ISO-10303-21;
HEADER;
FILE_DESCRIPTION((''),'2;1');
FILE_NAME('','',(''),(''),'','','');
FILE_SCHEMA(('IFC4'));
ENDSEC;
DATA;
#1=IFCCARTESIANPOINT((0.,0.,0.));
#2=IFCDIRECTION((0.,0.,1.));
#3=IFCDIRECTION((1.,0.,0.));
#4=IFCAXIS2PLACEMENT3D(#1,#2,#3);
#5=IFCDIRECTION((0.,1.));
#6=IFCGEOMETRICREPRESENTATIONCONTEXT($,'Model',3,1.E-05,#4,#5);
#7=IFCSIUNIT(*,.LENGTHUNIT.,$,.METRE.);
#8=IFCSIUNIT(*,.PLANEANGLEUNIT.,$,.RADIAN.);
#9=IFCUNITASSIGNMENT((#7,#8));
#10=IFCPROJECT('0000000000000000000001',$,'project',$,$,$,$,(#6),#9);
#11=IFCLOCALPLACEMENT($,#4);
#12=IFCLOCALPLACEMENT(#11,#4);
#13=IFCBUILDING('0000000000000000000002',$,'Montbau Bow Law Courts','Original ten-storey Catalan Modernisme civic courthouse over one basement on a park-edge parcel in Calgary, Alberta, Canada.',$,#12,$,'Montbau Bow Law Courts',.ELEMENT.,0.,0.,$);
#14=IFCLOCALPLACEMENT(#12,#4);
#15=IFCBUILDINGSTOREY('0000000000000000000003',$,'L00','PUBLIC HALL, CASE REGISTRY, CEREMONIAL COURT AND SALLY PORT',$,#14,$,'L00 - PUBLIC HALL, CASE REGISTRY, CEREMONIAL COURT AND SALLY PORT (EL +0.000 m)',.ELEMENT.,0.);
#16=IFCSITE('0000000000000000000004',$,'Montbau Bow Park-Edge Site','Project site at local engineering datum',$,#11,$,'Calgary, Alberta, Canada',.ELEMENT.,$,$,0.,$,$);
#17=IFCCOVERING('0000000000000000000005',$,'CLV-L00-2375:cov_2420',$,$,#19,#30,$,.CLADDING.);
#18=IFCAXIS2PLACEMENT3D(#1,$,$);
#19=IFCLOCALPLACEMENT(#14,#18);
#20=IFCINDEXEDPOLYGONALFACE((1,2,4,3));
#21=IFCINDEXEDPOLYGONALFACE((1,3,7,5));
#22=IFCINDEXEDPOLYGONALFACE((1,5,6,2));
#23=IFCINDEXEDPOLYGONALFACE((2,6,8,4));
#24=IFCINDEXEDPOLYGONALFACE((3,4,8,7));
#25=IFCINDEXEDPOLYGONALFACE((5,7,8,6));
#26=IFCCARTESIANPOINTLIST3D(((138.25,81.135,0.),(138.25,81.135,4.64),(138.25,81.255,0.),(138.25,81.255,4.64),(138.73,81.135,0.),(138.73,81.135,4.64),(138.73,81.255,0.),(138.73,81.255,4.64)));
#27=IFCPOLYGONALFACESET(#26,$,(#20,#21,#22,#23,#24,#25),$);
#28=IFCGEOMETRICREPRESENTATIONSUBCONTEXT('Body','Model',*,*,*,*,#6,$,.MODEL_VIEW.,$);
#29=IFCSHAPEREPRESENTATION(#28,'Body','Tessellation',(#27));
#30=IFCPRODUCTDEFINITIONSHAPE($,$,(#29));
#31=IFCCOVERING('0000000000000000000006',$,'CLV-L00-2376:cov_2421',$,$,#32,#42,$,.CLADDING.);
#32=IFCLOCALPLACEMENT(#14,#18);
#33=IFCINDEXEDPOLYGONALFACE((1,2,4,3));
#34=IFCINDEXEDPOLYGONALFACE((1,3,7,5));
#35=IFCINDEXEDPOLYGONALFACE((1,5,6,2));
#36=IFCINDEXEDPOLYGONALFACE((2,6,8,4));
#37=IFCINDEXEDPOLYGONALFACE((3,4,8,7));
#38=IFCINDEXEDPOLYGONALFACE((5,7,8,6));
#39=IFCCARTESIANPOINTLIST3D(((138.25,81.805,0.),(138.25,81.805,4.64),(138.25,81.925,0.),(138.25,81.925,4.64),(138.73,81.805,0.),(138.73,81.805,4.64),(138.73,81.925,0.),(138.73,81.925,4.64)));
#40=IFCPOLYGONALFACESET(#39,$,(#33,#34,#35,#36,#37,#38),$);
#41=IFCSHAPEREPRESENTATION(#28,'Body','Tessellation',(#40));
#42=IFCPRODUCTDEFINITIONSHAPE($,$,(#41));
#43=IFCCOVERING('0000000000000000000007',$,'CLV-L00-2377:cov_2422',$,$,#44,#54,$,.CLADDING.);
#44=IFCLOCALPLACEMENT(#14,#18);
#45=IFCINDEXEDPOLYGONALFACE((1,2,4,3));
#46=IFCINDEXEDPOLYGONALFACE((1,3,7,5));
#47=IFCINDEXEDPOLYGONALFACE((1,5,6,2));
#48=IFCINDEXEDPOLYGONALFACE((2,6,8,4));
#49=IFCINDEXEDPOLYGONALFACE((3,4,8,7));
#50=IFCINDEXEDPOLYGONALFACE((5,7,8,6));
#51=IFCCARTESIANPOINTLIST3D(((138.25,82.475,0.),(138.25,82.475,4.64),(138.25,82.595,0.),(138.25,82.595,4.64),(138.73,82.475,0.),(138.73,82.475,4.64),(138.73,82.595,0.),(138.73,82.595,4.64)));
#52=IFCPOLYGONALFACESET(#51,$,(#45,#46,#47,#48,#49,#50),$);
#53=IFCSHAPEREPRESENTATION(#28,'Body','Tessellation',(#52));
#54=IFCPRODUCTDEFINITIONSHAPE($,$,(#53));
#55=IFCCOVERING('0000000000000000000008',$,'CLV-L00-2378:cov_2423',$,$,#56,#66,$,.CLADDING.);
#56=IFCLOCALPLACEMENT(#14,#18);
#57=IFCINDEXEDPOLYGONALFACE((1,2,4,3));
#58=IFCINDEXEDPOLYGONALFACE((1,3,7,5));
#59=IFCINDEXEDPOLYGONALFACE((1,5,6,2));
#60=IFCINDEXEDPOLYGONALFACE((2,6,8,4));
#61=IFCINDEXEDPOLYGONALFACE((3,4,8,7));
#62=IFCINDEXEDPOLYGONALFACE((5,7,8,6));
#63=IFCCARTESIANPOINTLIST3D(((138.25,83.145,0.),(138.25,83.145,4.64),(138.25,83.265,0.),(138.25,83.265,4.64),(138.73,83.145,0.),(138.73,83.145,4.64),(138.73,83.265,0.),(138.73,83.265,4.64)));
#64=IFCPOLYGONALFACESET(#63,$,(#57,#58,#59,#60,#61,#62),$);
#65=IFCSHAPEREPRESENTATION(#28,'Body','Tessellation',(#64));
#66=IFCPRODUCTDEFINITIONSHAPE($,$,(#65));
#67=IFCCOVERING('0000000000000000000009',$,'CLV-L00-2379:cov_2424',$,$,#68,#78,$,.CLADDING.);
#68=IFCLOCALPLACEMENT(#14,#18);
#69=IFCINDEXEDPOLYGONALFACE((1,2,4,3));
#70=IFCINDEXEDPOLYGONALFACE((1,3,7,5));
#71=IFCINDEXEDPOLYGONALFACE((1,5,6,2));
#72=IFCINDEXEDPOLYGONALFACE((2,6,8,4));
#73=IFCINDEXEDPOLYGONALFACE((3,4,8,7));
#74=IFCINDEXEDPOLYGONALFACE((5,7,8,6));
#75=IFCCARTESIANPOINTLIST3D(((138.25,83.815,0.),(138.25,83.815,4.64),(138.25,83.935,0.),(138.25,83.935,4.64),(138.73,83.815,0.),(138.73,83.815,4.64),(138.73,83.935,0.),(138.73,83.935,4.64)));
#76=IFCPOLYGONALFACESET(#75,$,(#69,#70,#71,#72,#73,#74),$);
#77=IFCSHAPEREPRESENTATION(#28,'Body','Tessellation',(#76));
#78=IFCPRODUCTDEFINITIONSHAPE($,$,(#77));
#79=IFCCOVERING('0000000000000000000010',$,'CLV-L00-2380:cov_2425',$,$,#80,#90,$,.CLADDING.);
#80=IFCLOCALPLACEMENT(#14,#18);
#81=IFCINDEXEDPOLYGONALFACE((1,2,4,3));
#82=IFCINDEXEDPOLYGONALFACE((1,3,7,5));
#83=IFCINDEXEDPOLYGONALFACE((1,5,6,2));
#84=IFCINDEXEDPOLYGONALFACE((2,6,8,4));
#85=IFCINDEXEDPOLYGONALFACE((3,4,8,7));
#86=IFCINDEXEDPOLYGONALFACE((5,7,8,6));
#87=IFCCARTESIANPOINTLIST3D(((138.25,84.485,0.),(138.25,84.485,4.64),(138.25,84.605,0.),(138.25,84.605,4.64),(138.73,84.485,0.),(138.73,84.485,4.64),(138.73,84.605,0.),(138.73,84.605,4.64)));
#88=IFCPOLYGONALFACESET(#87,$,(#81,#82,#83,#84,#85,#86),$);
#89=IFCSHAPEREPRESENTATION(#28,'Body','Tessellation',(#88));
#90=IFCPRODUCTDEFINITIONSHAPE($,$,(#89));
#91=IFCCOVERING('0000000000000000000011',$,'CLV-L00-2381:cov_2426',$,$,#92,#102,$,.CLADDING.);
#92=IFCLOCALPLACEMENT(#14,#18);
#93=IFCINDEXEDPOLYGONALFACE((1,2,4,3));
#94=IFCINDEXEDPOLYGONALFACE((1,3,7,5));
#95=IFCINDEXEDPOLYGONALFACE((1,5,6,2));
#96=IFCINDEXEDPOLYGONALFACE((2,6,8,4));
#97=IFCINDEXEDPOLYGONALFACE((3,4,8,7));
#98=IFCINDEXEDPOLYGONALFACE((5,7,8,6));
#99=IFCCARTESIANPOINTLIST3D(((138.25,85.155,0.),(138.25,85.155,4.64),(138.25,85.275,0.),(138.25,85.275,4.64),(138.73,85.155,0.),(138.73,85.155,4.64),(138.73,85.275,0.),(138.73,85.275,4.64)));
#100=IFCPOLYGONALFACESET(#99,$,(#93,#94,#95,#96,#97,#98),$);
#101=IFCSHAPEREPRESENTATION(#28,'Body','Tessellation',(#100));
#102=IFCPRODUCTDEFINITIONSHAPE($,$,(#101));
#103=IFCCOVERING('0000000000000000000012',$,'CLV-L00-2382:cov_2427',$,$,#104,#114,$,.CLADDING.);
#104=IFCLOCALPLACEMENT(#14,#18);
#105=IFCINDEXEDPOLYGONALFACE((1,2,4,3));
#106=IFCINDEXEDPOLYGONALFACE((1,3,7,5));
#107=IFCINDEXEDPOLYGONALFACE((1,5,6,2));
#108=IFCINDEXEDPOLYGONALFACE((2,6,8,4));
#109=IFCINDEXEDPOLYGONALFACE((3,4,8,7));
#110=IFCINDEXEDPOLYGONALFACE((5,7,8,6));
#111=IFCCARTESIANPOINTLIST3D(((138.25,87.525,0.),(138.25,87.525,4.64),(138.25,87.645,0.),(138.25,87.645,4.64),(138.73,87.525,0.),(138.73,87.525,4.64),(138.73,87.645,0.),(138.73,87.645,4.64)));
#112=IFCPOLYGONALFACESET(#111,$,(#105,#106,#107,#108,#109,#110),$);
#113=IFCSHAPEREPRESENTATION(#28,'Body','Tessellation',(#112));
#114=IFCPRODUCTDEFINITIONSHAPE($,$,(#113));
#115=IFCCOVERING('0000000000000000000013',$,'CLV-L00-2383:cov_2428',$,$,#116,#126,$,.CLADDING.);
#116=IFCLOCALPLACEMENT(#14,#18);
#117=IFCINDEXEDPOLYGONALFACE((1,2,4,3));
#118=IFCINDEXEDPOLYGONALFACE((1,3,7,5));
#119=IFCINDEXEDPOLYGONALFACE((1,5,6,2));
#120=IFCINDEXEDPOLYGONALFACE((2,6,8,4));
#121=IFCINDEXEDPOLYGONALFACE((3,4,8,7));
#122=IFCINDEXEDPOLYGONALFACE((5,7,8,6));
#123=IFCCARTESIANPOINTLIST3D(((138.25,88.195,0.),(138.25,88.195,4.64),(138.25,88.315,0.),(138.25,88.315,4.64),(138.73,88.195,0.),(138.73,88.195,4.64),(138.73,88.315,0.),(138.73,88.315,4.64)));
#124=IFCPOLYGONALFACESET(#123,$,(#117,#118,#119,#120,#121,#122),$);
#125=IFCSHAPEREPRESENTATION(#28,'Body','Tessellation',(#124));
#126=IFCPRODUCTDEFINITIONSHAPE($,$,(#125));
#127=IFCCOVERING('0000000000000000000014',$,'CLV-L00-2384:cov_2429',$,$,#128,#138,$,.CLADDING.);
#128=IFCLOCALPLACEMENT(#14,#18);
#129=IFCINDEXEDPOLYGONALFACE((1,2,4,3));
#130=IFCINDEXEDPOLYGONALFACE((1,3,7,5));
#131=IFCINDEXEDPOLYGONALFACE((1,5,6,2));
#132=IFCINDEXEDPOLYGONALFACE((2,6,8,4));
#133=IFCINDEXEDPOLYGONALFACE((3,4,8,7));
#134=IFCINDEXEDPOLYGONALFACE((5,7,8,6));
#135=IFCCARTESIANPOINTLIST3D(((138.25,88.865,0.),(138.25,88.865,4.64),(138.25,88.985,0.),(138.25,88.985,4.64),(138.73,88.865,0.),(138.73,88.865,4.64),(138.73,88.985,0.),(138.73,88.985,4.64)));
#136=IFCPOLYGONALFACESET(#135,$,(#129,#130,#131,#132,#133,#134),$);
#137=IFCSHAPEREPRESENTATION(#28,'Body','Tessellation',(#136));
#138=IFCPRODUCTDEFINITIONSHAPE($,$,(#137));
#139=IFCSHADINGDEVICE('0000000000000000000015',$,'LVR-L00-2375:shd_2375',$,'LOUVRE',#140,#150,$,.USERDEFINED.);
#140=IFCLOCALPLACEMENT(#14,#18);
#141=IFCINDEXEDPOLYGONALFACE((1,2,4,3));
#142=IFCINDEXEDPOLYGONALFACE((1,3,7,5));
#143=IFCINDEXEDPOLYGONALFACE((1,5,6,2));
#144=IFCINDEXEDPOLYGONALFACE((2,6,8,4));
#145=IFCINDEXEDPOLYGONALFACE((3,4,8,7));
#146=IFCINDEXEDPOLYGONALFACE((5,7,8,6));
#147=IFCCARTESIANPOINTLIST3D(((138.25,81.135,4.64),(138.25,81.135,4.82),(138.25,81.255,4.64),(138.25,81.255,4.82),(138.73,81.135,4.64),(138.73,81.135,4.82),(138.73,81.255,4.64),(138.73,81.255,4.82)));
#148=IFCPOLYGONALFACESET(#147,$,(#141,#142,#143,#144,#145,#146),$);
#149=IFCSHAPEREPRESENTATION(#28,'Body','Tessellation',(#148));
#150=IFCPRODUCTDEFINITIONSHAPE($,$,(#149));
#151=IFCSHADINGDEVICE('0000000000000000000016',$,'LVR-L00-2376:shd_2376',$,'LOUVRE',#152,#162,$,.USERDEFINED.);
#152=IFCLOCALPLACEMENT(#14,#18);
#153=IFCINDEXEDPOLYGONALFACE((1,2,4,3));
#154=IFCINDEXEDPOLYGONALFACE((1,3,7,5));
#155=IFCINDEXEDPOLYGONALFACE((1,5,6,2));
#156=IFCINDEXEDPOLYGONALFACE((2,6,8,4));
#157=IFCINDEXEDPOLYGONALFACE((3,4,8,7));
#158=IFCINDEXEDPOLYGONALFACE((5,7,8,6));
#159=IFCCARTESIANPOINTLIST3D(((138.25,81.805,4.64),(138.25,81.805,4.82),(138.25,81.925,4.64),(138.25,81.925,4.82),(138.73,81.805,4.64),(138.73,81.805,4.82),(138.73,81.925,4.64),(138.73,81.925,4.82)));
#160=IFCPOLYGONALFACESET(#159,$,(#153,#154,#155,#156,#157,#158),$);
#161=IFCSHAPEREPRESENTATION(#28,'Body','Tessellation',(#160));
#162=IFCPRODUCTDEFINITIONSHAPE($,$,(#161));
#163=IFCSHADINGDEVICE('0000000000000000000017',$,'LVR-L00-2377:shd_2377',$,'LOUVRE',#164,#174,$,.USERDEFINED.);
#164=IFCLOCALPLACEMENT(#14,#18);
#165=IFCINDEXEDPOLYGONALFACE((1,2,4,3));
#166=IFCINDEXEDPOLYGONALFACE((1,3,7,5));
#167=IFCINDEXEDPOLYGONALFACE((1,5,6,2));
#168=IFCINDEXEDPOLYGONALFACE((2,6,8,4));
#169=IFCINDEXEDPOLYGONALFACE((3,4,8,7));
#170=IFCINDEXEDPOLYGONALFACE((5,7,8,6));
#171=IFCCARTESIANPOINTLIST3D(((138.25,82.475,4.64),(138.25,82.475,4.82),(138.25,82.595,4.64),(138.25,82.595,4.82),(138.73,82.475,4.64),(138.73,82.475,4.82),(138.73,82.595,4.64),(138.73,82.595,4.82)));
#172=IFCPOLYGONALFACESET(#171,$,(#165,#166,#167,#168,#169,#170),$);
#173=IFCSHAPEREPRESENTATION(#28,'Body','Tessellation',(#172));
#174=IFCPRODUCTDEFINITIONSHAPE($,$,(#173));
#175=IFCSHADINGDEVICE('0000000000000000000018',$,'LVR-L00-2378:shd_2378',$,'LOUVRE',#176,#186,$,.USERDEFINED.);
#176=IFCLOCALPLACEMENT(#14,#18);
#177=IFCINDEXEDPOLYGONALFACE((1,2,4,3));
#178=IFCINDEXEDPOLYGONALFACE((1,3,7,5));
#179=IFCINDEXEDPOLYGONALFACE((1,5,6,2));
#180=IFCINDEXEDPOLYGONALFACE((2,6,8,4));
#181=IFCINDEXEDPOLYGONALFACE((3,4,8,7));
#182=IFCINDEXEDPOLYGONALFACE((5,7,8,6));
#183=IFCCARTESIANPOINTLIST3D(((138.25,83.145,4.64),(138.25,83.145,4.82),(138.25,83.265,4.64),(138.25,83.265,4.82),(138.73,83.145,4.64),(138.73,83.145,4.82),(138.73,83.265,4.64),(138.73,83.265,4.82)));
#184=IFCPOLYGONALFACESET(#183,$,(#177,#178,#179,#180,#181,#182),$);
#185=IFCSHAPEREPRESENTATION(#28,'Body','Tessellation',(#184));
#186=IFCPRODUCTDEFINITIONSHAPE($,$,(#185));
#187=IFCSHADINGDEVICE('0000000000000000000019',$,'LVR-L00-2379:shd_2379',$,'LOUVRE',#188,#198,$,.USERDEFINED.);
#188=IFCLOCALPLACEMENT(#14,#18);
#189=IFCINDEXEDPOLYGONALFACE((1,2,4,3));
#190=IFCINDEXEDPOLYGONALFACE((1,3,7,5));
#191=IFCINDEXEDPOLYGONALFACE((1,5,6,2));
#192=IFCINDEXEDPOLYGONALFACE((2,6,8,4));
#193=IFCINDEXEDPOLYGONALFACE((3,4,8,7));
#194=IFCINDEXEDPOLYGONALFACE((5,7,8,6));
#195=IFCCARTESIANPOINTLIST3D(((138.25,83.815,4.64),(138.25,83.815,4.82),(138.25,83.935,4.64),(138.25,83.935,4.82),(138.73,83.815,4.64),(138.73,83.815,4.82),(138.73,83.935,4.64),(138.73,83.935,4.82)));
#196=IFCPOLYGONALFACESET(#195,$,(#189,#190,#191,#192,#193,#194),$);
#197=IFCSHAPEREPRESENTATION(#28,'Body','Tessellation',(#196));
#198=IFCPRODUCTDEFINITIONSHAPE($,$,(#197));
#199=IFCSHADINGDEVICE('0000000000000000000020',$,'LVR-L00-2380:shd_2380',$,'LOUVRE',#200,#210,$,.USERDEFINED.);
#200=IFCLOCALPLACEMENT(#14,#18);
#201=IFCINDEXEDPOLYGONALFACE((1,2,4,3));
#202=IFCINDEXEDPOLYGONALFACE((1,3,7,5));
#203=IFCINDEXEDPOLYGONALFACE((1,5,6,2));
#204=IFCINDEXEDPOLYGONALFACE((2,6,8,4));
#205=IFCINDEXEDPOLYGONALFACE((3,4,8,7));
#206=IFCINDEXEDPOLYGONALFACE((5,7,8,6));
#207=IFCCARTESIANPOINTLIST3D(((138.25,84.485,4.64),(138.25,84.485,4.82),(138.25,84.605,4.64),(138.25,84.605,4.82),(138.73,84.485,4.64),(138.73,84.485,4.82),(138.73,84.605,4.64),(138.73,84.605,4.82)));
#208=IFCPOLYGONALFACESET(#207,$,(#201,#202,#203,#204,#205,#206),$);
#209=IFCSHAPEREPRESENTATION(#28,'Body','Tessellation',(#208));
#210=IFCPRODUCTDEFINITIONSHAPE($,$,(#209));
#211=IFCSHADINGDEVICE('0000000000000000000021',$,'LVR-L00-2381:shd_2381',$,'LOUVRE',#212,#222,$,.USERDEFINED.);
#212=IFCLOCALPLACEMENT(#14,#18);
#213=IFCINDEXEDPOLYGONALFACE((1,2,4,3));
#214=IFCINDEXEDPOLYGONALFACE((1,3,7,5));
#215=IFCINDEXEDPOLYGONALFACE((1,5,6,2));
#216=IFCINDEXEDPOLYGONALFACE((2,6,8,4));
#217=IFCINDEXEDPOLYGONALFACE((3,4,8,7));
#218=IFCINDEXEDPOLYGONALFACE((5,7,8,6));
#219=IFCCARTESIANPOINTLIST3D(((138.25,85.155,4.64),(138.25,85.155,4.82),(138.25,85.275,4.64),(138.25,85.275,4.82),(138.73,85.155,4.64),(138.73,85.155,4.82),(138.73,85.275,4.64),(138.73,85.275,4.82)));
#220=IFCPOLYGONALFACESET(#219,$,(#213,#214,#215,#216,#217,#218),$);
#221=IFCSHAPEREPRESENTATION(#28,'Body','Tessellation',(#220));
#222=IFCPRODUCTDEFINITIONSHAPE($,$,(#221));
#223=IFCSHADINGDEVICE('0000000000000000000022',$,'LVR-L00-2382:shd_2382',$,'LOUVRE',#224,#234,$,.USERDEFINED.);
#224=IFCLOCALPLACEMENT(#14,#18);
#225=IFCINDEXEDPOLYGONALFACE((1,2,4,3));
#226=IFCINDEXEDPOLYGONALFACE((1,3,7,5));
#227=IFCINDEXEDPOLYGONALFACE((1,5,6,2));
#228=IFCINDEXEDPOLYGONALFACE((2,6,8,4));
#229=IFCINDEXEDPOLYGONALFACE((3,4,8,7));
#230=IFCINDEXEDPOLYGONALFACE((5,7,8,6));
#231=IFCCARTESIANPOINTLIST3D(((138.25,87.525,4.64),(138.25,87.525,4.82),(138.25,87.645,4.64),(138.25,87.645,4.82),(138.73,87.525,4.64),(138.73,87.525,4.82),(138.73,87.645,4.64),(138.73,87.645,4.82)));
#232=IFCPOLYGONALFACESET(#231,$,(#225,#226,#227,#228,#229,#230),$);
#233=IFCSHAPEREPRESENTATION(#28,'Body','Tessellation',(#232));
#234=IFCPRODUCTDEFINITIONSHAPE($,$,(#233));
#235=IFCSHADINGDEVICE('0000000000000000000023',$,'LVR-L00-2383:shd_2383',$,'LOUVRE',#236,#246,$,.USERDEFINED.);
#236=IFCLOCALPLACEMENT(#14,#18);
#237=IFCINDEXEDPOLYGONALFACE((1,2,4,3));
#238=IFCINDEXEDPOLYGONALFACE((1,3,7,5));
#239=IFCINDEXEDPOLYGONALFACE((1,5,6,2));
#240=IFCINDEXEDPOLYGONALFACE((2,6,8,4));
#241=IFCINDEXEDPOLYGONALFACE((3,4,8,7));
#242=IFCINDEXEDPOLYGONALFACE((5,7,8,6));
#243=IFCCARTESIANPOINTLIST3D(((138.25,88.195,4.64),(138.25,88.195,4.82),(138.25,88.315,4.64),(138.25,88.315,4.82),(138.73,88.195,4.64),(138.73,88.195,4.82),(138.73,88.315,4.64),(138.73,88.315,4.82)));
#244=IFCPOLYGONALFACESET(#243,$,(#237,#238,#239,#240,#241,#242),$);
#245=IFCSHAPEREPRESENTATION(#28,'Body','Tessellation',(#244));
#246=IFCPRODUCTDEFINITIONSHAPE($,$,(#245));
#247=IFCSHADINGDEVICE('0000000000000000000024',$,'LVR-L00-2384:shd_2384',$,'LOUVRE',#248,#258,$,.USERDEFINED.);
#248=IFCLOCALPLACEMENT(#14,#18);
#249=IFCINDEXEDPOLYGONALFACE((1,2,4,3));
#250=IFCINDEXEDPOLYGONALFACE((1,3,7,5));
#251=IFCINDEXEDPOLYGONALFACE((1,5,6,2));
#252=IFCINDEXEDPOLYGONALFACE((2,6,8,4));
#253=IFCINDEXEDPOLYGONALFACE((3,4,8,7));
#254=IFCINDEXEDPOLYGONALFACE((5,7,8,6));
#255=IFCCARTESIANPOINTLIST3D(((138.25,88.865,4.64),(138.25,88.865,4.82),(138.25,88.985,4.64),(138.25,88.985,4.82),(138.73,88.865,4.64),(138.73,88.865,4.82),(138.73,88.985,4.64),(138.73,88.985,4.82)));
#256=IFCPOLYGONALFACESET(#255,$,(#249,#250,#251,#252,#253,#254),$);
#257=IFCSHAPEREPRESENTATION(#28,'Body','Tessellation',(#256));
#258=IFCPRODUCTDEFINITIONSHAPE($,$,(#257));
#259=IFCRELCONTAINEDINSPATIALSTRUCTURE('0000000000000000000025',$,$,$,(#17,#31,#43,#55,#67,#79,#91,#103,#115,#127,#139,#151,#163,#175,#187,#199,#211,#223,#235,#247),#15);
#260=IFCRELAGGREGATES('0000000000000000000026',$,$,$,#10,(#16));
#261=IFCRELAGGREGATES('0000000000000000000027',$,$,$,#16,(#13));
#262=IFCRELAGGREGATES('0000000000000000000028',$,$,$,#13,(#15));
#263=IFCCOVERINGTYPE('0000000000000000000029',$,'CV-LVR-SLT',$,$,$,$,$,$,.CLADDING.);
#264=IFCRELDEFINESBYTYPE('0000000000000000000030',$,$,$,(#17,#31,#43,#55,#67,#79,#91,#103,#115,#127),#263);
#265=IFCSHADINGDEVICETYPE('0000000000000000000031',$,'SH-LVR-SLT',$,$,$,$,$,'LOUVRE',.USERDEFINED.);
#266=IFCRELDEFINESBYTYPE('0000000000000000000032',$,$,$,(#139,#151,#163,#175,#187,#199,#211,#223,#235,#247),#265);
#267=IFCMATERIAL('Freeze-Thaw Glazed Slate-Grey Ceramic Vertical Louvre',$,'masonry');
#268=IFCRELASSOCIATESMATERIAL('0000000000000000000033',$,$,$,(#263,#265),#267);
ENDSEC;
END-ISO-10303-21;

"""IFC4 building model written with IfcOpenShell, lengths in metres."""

from ifc_helpers import new_model, si_unit, direction, frame, frame_2d, origin_with_axes, origin_2d_with_axis, place, context, subcontext, project, spatial, rectangle, extrude, material, type_object, element, save


model = new_model("IFC4")

# Units and contexts
model_context = context("Model", 3, precision=1e-05, world=origin_with_axes(), true_north=direction((0.0, 1.0)))
body_context = subcontext(model_context, "Body", "Model", "MODEL_VIEW")
ifc_project = project(units=[si_unit("LENGTHUNIT", "METRE"), si_unit("PLANEANGLEUNIT", "RADIAN")], contexts=[model_context])

# Site, building, storey
site_placement = place(None, origin_with_axes())
site = spatial("IfcSite", under=ifc_project, at=site_placement, Name="Montbau Bow Park-Edge Site", Description="Project site at local engineering datum", LongName="Calgary, Alberta, Canada", CompositionType="ELEMENT", RefElevation=0.0)
building_placement = place(site_placement, origin_with_axes())
building = spatial("IfcBuilding", under=site, at=building_placement, Name="Montbau Bow Law Courts", Description="Original ten-storey Catalan Modernisme civic courthouse over one basement on a park-edge parcel in Calgary, Alberta, Canada.", LongName="Montbau Bow Law Courts", CompositionType="ELEMENT", ElevationOfRefHeight=0.0, ElevationOfTerrain=0.0)
storey_placement = place(building_placement, origin_with_axes())
storey = spatial("IfcBuildingStorey", under=building, at=storey_placement, Name="L00", Description="PUBLIC HALL, CASE REGISTRY, CEREMONIAL COURT AND SALLY PORT", LongName="L00 - PUBLIC HALL, CASE REGISTRY, CEREMONIAL COURT AND SALLY PORT (EL +0.000 m)", CompositionType="ELEMENT", Elevation=0.0)

# Coverings
ifc_material_1 = material(Name="Freeze-Thaw Glazed Slate-Grey Ceramic Vertical Louvre", Category="masonry")
covering_type = type_object("IfcCoveringType", Name="CV-LVR-SLT", PredefinedType="CLADDING", material=ifc_material_1)
for number, where, z_axis, x_axis, name in (
    (1, (138.73, 81.195, 0.0), (0.0, 1.0, 0.0), (-1.0, 0.0, 0.0), "CLV-L00-2375:cov_2420"),
    (2, (138.73, 81.865, 0.0), (0.0, 1.0, 0.0), (-1.0, 0.0, 0.0), "CLV-L00-2376:cov_2421"),
    (3, (138.73, 82.535, 0.0), (0.0, 1.0, 0.0), (-1.0, 0.0, 0.0), "CLV-L00-2377:cov_2422"),
    (4, (138.73, 83.205, 0.0), (0.0, 1.0, 0.0), (-1.0, 0.0, 0.0), "CLV-L00-2378:cov_2423"),
    (5, (138.73, 83.875, 0.0), (0.0, 1.0, 0.0), (-1.0, 0.0, 0.0), "CLV-L00-2379:cov_2424"),
    (6, (138.73, 84.545, 0.0), (0.0, 1.0, 0.0), (-1.0, 0.0, 0.0), "CLV-L00-2380:cov_2425"),
    (7, (138.73, 85.215, 0.0), (0.0, 1.0, 0.0), (-1.0, 0.0, 0.0), "CLV-L00-2381:cov_2426"),
    (8, (138.73, 87.585, 0.0), (0.0, 1.0, 0.0), (-1.0, 0.0, 0.0), "CLV-L00-2382:cov_2427"),
    (9, (138.73, 88.255, 0.0), (0.0, 1.0, 0.0), (-1.0, 0.0, 0.0), "CLV-L00-2383:cov_2428"),
    (10, (138.73, 88.925, 0.0), (0.0, 1.0, 0.0), (-1.0, 0.0, 0.0), "CLV-L00-2384:cov_2429"),
):
    element("IfcCovering", number, at=place(None, frame(where, z_axis=z_axis, x_axis=x_axis)), inside=storey, type_object=covering_type, Name=name, PredefinedType="CLADDING", context=body_context, shape_type="SweptSolid", body=[
        extrude(rectangle(XDim=0.48, YDim=4.64, at=frame_2d((0.24, 2.32), x_axis=(1.0, 0.0))), frame((0.0, 0.0, -0.06), z_axis=(0.0, 0.0, 1.0), x_axis=(1.0, 0.0, 0.0)), (0.0, 0.0, 1.0), 0.12),
    ])

# Shading devices
shading_device_type = type_object("IfcShadingDeviceType", Name="SH-LVR-SLT", ElementType="LOUVRE", PredefinedType="USERDEFINED", material=ifc_material_1)
for number, where, z_axis, x_axis, name in (
    (11, (138.49, 81.195, 4.64), (0.0, 0.0, 1.0), (-1.0, 0.0, 0.0), "LVR-L00-2375:shd_2375"),
    (12, (138.49, 81.865, 4.64), (0.0, 0.0, 1.0), (-1.0, 0.0, 0.0), "LVR-L00-2376:shd_2376"),
    (13, (138.49, 82.535, 4.64), (0.0, 0.0, 1.0), (-1.0, 0.0, 0.0), "LVR-L00-2377:shd_2377"),
    (14, (138.49, 83.205, 4.64), (0.0, 0.0, 1.0), (-1.0, 0.0, 0.0), "LVR-L00-2378:shd_2378"),
    (15, (138.49, 83.875, 4.64), (0.0, 0.0, 1.0), (-1.0, 0.0, 0.0), "LVR-L00-2379:shd_2379"),
    (16, (138.49, 84.545, 4.64), (0.0, 0.0, 1.0), (-1.0, 0.0, 0.0), "LVR-L00-2380:shd_2380"),
    (17, (138.49, 85.215, 4.64), (0.0, 0.0, 1.0), (-1.0, 0.0, 0.0), "LVR-L00-2381:shd_2381"),
    (18, (138.49, 87.585, 4.64), (0.0, 0.0, 1.0), (-1.0, 0.0, 0.0), "LVR-L00-2382:shd_2382"),
    (19, (138.49, 88.255, 4.64), (0.0, 0.0, 1.0), (-1.0, 0.0, 0.0), "LVR-L00-2383:shd_2383"),
    (20, (138.49, 88.925, 4.64), (0.0, 0.0, 1.0), (-1.0, 0.0, 0.0), "LVR-L00-2384:shd_2384"),
):
    element("IfcShadingDevice", number, at=place(None, frame(where, z_axis=z_axis, x_axis=x_axis)), inside=storey, type_object=shading_device_type, Name=name, ObjectType="LOUVRE", PredefinedType="USERDEFINED", context=body_context, shape_type="SweptSolid", body=[
        extrude(rectangle(XDim=0.48, YDim=0.12, at=origin_2d_with_axis()), origin_with_axes(), (0.0, 0.0, 1.0), 0.18),
    ])

save(model, "model.ifc")
